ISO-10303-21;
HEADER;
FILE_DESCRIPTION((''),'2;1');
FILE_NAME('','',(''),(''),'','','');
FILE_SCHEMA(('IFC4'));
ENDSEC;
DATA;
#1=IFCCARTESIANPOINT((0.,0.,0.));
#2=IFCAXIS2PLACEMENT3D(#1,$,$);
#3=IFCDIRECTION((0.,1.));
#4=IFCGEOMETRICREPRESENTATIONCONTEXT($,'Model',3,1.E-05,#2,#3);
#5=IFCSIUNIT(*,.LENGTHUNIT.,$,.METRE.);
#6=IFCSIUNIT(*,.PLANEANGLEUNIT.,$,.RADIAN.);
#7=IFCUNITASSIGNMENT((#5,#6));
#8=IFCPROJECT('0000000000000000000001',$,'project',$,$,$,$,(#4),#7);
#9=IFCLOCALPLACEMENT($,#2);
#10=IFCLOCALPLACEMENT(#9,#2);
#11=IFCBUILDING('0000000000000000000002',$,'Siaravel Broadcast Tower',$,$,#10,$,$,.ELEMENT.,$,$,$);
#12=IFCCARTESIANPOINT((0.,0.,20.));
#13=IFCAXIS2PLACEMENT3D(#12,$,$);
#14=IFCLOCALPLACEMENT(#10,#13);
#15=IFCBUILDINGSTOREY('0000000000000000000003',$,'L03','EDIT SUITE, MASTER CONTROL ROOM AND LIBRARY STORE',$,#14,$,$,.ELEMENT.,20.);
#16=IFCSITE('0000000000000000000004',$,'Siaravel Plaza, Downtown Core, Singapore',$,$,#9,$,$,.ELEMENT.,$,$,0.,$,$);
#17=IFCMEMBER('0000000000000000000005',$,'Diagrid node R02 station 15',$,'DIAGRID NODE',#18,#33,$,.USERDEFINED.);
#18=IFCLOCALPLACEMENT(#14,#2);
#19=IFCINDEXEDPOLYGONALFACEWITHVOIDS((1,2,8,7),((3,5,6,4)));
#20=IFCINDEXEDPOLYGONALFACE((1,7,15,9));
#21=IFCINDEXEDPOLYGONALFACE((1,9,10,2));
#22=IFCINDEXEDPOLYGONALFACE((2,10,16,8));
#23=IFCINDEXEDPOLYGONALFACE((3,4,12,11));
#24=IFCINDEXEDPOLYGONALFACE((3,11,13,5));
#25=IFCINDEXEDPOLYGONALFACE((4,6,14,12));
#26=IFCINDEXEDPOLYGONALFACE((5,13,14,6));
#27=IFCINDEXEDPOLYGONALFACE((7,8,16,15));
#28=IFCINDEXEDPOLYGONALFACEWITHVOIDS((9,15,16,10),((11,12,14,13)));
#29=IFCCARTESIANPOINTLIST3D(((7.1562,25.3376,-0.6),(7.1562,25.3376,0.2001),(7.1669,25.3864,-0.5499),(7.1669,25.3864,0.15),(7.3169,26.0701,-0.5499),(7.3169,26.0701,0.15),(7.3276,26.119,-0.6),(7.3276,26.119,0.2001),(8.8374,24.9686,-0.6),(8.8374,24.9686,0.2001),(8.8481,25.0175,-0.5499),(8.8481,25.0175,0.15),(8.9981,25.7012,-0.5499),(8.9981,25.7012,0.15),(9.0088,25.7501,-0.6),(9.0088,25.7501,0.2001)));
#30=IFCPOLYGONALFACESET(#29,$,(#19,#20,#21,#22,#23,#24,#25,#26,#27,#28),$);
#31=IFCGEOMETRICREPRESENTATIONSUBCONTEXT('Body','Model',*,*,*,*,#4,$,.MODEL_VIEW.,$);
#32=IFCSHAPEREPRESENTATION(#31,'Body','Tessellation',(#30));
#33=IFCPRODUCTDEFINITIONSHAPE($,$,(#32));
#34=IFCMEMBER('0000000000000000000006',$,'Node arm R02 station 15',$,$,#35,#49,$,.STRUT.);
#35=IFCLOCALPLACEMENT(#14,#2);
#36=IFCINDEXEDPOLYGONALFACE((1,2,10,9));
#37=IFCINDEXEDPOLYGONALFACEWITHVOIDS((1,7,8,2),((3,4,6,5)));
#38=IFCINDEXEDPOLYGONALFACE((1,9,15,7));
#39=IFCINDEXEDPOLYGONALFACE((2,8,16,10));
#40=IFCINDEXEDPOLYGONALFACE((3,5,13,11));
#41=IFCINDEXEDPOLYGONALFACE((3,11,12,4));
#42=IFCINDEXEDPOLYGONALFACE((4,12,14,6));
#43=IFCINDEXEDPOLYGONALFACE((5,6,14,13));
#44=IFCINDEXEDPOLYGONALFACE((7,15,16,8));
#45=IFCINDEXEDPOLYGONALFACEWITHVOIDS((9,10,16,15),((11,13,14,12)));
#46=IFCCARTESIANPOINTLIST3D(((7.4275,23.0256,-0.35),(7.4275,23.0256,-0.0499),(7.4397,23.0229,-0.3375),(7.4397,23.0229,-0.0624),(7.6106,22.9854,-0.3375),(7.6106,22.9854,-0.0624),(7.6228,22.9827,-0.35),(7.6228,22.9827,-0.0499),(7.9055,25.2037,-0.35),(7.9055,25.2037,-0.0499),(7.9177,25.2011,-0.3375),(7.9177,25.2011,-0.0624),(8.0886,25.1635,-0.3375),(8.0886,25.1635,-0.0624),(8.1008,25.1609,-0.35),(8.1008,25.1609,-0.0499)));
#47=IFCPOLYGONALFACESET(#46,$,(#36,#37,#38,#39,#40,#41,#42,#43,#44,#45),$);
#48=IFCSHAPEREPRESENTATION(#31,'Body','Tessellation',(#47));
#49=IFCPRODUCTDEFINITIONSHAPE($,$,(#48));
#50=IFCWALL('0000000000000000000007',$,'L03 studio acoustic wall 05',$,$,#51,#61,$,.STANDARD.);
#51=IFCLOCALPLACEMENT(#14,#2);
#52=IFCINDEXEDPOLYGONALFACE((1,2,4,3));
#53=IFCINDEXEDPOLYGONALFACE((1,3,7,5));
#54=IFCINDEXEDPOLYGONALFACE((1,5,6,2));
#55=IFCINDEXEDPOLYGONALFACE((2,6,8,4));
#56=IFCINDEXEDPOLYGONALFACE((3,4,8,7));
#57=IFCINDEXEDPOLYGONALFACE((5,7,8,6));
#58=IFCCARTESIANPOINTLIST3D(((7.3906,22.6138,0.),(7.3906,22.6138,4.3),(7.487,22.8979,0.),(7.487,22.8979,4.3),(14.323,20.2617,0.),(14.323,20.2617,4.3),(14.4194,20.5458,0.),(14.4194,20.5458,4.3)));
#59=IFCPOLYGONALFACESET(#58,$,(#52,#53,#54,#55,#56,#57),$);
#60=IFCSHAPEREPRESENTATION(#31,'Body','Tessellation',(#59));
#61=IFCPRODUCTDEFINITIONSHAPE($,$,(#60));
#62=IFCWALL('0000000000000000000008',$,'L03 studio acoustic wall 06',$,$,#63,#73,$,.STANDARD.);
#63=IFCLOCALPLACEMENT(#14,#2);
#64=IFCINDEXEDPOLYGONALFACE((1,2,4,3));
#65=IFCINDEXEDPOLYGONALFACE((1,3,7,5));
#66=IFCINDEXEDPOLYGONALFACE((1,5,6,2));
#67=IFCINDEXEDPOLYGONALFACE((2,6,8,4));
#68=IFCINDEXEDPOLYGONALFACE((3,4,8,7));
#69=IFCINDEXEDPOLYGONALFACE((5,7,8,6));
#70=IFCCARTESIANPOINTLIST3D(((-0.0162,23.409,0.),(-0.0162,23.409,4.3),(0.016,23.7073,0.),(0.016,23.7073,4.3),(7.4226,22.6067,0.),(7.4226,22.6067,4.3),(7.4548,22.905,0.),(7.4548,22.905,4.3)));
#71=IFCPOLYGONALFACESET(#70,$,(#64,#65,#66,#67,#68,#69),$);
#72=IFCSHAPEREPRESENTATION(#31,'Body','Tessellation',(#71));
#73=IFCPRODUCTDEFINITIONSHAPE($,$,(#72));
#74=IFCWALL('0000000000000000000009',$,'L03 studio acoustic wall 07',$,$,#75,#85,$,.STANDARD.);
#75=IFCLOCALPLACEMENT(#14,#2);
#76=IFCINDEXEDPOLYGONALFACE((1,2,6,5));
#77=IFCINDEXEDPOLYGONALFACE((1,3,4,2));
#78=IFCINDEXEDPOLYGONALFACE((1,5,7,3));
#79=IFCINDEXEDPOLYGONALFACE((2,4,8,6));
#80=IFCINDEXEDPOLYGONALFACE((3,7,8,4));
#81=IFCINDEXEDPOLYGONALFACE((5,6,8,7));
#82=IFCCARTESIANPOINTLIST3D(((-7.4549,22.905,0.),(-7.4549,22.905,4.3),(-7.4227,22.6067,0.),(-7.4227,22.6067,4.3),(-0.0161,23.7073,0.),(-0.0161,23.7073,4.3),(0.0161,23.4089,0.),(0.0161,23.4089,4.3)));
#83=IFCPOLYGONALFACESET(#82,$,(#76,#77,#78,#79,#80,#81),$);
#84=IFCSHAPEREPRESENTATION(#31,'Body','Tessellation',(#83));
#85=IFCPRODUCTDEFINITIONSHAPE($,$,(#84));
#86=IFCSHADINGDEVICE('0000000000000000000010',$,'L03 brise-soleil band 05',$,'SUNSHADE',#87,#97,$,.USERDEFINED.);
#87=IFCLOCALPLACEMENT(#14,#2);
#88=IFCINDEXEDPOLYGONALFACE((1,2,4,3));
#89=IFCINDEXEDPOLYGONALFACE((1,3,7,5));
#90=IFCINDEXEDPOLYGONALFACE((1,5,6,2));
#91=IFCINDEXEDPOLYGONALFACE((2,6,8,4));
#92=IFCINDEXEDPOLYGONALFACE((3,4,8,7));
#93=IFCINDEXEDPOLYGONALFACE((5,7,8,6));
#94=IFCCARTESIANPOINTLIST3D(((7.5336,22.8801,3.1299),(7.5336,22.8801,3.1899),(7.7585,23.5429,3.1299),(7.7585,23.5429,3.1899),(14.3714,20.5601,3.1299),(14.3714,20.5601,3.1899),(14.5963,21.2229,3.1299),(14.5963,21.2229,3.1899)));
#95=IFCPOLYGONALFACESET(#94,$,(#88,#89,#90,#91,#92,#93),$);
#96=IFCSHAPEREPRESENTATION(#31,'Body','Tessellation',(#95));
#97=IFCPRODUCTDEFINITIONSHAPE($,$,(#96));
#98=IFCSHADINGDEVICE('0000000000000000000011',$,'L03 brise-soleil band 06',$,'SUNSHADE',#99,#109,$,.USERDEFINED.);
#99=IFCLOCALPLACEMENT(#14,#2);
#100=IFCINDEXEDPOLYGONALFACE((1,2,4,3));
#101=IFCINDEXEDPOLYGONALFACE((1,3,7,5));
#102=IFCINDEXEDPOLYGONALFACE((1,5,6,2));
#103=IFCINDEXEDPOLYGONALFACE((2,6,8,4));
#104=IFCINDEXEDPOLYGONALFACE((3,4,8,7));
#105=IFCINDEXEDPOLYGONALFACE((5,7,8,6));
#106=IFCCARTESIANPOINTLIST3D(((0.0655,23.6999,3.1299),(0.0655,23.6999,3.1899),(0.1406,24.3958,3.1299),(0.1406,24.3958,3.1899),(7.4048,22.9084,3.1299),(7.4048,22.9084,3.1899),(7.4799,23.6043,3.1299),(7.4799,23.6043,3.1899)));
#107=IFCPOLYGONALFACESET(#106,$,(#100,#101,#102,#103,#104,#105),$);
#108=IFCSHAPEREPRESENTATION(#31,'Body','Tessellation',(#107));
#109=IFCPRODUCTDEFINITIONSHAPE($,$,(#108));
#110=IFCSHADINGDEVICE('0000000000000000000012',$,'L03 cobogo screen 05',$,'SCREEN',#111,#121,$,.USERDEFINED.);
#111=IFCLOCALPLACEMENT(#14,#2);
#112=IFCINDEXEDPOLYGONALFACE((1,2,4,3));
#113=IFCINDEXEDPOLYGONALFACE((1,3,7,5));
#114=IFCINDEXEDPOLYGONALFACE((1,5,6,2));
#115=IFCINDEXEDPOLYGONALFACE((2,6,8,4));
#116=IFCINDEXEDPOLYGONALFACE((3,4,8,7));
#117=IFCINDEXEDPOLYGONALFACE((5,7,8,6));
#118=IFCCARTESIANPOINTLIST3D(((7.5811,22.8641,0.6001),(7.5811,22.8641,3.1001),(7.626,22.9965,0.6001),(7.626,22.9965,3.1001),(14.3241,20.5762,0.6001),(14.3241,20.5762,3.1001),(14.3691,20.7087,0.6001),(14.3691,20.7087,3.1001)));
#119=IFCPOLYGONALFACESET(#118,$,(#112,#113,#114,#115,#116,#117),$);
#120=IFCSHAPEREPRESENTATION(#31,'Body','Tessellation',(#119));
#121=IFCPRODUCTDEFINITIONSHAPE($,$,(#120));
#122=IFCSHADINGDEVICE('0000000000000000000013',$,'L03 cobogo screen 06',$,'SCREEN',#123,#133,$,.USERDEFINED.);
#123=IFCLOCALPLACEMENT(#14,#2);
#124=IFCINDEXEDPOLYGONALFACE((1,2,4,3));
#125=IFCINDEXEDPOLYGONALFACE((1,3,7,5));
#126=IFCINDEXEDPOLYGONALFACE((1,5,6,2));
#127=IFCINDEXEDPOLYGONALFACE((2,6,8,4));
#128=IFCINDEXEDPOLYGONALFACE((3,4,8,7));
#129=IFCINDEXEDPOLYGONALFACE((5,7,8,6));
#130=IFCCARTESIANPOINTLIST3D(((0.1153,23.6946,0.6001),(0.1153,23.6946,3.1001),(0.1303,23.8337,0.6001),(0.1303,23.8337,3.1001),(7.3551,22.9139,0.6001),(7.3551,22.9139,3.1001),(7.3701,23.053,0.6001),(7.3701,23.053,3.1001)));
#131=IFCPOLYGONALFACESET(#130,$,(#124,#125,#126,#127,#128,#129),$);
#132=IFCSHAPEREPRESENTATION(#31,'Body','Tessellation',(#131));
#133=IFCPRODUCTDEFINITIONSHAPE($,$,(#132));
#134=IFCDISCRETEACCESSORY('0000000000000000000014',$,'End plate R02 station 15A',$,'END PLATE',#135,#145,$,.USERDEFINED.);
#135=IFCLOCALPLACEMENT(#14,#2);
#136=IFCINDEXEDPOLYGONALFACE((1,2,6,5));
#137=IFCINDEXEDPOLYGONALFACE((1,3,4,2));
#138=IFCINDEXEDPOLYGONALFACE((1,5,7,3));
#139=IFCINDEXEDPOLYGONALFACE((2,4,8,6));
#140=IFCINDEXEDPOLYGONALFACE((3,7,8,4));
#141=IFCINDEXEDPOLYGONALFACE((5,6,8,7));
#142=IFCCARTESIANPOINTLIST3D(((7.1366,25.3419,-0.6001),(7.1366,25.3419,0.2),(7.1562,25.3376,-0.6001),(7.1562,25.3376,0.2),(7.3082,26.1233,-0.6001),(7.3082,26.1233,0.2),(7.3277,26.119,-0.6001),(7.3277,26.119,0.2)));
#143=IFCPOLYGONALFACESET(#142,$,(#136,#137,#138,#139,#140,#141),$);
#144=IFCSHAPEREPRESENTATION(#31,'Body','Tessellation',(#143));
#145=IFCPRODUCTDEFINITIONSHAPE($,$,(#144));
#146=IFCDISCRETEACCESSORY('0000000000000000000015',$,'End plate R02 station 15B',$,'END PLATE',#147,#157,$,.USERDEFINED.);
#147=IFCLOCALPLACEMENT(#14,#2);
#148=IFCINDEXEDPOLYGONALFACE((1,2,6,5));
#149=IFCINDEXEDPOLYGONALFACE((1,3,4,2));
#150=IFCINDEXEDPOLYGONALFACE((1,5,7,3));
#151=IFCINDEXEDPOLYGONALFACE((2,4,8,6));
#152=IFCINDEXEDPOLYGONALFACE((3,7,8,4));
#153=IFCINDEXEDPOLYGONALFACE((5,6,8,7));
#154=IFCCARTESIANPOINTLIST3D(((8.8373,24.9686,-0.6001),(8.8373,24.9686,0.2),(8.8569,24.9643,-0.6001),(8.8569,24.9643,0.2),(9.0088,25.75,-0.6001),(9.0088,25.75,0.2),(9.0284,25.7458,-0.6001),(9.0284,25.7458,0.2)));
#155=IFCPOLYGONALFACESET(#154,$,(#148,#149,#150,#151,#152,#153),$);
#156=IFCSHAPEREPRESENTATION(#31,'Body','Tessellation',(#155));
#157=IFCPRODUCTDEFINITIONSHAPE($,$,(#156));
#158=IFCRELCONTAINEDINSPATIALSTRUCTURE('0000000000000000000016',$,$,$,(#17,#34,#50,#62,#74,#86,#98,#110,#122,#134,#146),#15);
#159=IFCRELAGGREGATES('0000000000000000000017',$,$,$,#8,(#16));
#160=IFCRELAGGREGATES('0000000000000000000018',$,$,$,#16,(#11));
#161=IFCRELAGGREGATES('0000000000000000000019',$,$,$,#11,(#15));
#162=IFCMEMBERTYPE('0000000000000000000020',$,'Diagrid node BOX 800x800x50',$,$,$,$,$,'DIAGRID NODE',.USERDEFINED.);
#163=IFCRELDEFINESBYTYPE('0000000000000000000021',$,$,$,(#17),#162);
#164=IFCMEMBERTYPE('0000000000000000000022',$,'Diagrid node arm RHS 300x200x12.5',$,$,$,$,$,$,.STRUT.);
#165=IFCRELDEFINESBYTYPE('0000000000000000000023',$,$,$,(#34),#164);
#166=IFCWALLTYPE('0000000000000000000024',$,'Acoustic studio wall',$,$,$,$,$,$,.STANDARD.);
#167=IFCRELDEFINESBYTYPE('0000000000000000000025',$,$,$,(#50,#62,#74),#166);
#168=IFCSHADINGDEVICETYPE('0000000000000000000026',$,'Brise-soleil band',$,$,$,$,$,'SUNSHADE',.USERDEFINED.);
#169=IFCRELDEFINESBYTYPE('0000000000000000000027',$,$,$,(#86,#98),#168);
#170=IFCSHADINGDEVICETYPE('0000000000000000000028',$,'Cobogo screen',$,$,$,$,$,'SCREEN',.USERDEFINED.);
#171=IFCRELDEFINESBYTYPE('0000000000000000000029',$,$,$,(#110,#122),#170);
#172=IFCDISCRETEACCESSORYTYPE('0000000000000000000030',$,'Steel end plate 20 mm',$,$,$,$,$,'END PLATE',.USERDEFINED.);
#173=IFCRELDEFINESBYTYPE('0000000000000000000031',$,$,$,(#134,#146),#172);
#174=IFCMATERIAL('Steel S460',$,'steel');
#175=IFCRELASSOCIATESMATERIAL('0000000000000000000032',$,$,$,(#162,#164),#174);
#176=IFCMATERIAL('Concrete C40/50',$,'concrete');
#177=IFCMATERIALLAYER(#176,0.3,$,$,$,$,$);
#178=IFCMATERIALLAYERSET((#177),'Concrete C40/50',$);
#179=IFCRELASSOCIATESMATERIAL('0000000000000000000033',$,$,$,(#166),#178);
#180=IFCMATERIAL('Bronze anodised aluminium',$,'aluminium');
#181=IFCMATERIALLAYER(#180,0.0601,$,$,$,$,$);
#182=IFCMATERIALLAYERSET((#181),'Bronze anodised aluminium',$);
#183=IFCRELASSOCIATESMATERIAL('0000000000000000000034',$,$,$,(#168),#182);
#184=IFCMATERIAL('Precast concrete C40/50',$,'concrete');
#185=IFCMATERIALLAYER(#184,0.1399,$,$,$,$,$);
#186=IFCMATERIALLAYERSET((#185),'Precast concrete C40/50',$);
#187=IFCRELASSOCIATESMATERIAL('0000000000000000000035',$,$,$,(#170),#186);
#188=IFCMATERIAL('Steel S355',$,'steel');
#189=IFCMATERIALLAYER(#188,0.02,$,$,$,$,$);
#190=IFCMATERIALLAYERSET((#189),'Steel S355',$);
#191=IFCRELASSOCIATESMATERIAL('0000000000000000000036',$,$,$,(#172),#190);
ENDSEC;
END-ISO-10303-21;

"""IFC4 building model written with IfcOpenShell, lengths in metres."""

from ifc_helpers import new_model, si_unit, direction, frame, frame_2d, origin, origin_2d, place, context, subcontext, project, spatial, rectangle, hollow_rectangle, extrude, material, layer, layer_set, material_profile, profile_set, type_object, element, save


model = new_model("IFC4")

# Units and contexts
model_context = context("Model", 3, precision=1e-05, world=origin(), true_north=direction((0.0, 1.0)))
body_context = subcontext(model_context, "Body", "Model", "MODEL_VIEW")
ifc_project = project(units=[si_unit("LENGTHUNIT", "METRE"), si_unit("PLANEANGLEUNIT", "RADIAN")], contexts=[model_context])

# Site, building, storey
site_placement = place(None, origin())
site = spatial("IfcSite", under=ifc_project, at=site_placement, Name="Siaravel Plaza, Downtown Core, Singapore", CompositionType="ELEMENT", RefElevation=0.0)
building_placement = place(site_placement, origin())
building = spatial("IfcBuilding", under=site, at=building_placement, Name="Siaravel Broadcast Tower", CompositionType="ELEMENT")
storey_placement = place(building_placement, frame((0.0, 0.0, 20.0)))
storey = spatial("IfcBuildingStorey", under=building, at=storey_placement, Name="L03", Description="EDIT SUITE, MASTER CONTROL ROOM AND LIBRARY STORE", CompositionType="ELEMENT", Elevation=20.0)

# Shared definitions
ifc_material_1 = material(Name="Steel S355", Category="steel")

# Members
ifc_material_2 = material(Name="Steel S460", Category="steel")
ifc_material_profile_1 = material_profile(ifc_material_2, hollow_rectangle(XDim=0.8, YDim=0.8, WallThickness=0.05, at=origin_2d()))
ifc_profile_set_1 = profile_set([ifc_material_profile_1], Name="Steel S460")
member_type_1 = type_object("IfcMemberType", Name="Diagrid node BOX 800x800x50", ElementType="DIAGRID NODE", PredefinedType="USERDEFINED", material=ifc_profile_set_1)
member_1_placement = place(storey_placement, frame((8.9231, 25.3594, -0.2), z_axis=(-0.976761, 0.214331, 0.0), x_axis=(-0.214331, -0.976761, 0.0)))
element("IfcMember", 1, at=member_1_placement, inside=storey, type_object=member_type_1, Name="Diagrid node R02 station 15", ObjectType="DIAGRID NODE", PredefinedType="USERDEFINED", context=body_context, shape_type="SweptSolid", body=[
    extrude(hollow_rectangle(XDim=0.8, YDim=0.8, WallThickness=0.05, at=origin_2d()), origin(), (0.0, 0.0, 1.0), 1.7212),
])
ifc_material_profile_2 = material_profile(ifc_material_2, hollow_rectangle(XDim=0.2, YDim=0.3, WallThickness=0.0125, at=origin_2d()))
ifc_profile_set_2 = profile_set([ifc_material_profile_2], Name="Steel S460")
member_type_2 = type_object("IfcMemberType", Name="Diagrid node arm RHS 300x200x12.5", PredefinedType="STRUT", material=ifc_profile_set_2)
member_2_placement = place(storey_placement, frame((7.5251, 23.0042, -0.2), z_axis=(0.214356, 0.976756, 0.0), x_axis=(-0.976756, 0.214356, 0.0)))
element("IfcMember", 2, at=member_2_placement, inside=storey, type_object=member_type_2, Name="Node arm R02 station 15", PredefinedType="STRUT", context=body_context, shape_type="SweptSolid", body=[
    extrude(hollow_rectangle(XDim=0.2, YDim=0.3, WallThickness=0.0125, at=origin_2d()), origin(), (0.0, 0.0, 1.0), 2.23),
])

# Walls
ifc_material_3 = material(Name="Concrete C40/50", Category="concrete")
ifc_layer_1 = layer(ifc_material_3, 0.3)
ifc_layer_set_1 = layer_set([ifc_layer_1], Name="Concrete C40/50")
wall_type = type_object("IfcWallType", Name="Acoustic studio wall", PredefinedType="STANDARD", material=ifc_layer_set_1)
wall_placement = place(storey_placement, frame((14.3711, 20.4038, 0.0), z_axis=(0.0, 0.0, 1.0), x_axis=(-0.946979, 0.321296, 0.0)))
element("IfcWall", 3, at=wall_placement, inside=storey, type_object=wall_type, Name="L03 studio acoustic wall 05", PredefinedType="STANDARD", context=body_context, shape_type="SweptSolid", body=[
    extrude(rectangle(XDim=7.3206, YDim=0.3, at=frame_2d((3.6602, 0.0))), origin(), (0.0, 0.0, 1.0), 4.3),
])
for number, where, z_axis, x_axis, name in (
    (4, (7.4387, 22.7559, 0.0), (0.0, 0.0, 1.0), (-0.994235, 0.107226, 0.0), "L03 studio acoustic wall 06"),
    (5, (0.0, 23.5581, 0.0), (0.0, 0.0, 1.0), (-0.994235, -0.107226, 0.0), "L03 studio acoustic wall 07"),
):
    element("IfcWall", number, at=place(storey_placement, frame(where, z_axis=z_axis, x_axis=x_axis)), inside=storey, type_object=wall_type, Name=name, PredefinedType="STANDARD", context=body_context, shape_type="SweptSolid", body=[
        extrude(rectangle(XDim=7.4819, YDim=0.3, at=frame_2d((3.741, 0.0))), origin(), (0.0, 0.0, 1.0), 4.3),
    ])

# Shading devices
ifc_material_4 = material(Name="Bronze anodised aluminium", Category="aluminium")
ifc_layer_2 = layer(ifc_material_4, 0.0601)
ifc_layer_set_2 = layer_set([ifc_layer_2], Name="Bronze anodised aluminium")
shading_device_type_1 = type_object("IfcShadingDeviceType", Name="Brise-soleil band", ElementType="SUNSHADE", PredefinedType="USERDEFINED", material=ifc_layer_set_2)
shading_device_1_placement = place(storey_placement, frame((11.0649, 22.0515, 3.1299), z_axis=(0.0, 0.0, 1.0), x_axis=(-0.946977, 0.321301, 0.0)))
element("IfcShadingDevice", 6, at=shading_device_1_placement, inside=storey, type_object=shading_device_type_1, Name="L03 brise-soleil band 05", ObjectType="SUNSHADE", PredefinedType="USERDEFINED", context=body_context, shape_type="SweptSolid", body=[
    extrude(rectangle(XDim=7.2207, YDim=0.7, at=origin_2d()), origin(), (0.0, 0.0, 1.0), 0.0601),
])
shading_device_2_placement = place(storey_placement, frame((3.7727, 23.6521, 3.1299), z_axis=(0.0, 0.0, 1.0), x_axis=(-0.994236, 0.107217, 0.0)))
element("IfcShadingDevice", 7, at=shading_device_2_placement, inside=storey, type_object=shading_device_type_1, Name="L03 brise-soleil band 06", ObjectType="SUNSHADE", PredefinedType="USERDEFINED", context=body_context, shape_type="SweptSolid", body=[
    extrude(rectangle(XDim=7.3818, YDim=0.7, at=origin_2d()), origin(), (0.0, 0.0, 1.0), 0.0601),
])
ifc_material_5 = material(Name="Precast concrete C40/50", Category="concrete")
ifc_layer_3 = layer(ifc_material_5, 0.1399)
ifc_layer_set_3 = layer_set([ifc_layer_3], Name="Precast concrete C40/50")
shading_device_type_2 = type_object("IfcShadingDeviceType", Name="Cobogo screen", ElementType="SCREEN", PredefinedType="USERDEFINED", material=ifc_layer_set_3)
shading_device_3_placement = place(storey_placement, frame((10.9751, 21.7864, 0.6001), z_axis=(0.0, 0.0, 1.0), x_axis=(-0.946977, 0.321301, 0.0)))
element("IfcShadingDevice", 8, at=shading_device_3_placement, inside=storey, type_object=shading_device_type_2, Name="L03 cobogo screen 05", ObjectType="SCREEN", PredefinedType="USERDEFINED", context=body_context, shape_type="SweptSolid", body=[
    extrude(rectangle(XDim=7.1206, YDim=0.1399, at=origin_2d()), origin(), (0.0, 0.0, 1.0), 2.5),
])
shading_device_4_placement = place(storey_placement, frame((3.7427, 23.3738, 0.6001), z_axis=(0.0, 0.0, 1.0), x_axis=(-0.994236, 0.107217, 0.0)))
element("IfcShadingDevice", 9, at=shading_device_4_placement, inside=storey, type_object=shading_device_type_2, Name="L03 cobogo screen 06", ObjectType="SCREEN", PredefinedType="USERDEFINED", context=body_context, shape_type="SweptSolid", body=[
    extrude(rectangle(XDim=7.2817, YDim=0.1399, at=origin_2d()), origin(), (0.0, 0.0, 1.0), 2.5),
])

# Discrete accessories
ifc_layer_4 = layer(ifc_material_1, 0.02)
ifc_layer_set_4 = layer_set([ifc_layer_4], Name="Steel S355")
discrete_accessory_type = type_object("IfcDiscreteAccessoryType", Name="Steel end plate 20 mm", ElementType="END PLATE", PredefinedType="USERDEFINED", material=ifc_layer_set_4)
for number, where, z_axis, x_axis, name in (
    (10, (7.2322, 25.7305, -0.6001), (0.0, 0.0, 1.0), (-0.976751, 0.214377, 0.0), "End plate R02 station 15A"),
    (11, (8.9329, 25.3572, -0.6001), (0.0, 0.0, 1.0), (-0.976751, 0.214377, 0.0), "End plate R02 station 15B"),
):
    element("IfcDiscreteAccessory", number, at=place(storey_placement, frame(where, z_axis=z_axis, x_axis=x_axis)), inside=storey, type_object=discrete_accessory_type, Name=name, ObjectType="END PLATE", PredefinedType="USERDEFINED", context=body_context, shape_type="SweptSolid", body=[
        extrude(rectangle(XDim=0.02, YDim=0.8, at=origin_2d()), origin(), (0.0, 0.0, 1.0), 0.8),
    ])

save(model, "model.ifc")
